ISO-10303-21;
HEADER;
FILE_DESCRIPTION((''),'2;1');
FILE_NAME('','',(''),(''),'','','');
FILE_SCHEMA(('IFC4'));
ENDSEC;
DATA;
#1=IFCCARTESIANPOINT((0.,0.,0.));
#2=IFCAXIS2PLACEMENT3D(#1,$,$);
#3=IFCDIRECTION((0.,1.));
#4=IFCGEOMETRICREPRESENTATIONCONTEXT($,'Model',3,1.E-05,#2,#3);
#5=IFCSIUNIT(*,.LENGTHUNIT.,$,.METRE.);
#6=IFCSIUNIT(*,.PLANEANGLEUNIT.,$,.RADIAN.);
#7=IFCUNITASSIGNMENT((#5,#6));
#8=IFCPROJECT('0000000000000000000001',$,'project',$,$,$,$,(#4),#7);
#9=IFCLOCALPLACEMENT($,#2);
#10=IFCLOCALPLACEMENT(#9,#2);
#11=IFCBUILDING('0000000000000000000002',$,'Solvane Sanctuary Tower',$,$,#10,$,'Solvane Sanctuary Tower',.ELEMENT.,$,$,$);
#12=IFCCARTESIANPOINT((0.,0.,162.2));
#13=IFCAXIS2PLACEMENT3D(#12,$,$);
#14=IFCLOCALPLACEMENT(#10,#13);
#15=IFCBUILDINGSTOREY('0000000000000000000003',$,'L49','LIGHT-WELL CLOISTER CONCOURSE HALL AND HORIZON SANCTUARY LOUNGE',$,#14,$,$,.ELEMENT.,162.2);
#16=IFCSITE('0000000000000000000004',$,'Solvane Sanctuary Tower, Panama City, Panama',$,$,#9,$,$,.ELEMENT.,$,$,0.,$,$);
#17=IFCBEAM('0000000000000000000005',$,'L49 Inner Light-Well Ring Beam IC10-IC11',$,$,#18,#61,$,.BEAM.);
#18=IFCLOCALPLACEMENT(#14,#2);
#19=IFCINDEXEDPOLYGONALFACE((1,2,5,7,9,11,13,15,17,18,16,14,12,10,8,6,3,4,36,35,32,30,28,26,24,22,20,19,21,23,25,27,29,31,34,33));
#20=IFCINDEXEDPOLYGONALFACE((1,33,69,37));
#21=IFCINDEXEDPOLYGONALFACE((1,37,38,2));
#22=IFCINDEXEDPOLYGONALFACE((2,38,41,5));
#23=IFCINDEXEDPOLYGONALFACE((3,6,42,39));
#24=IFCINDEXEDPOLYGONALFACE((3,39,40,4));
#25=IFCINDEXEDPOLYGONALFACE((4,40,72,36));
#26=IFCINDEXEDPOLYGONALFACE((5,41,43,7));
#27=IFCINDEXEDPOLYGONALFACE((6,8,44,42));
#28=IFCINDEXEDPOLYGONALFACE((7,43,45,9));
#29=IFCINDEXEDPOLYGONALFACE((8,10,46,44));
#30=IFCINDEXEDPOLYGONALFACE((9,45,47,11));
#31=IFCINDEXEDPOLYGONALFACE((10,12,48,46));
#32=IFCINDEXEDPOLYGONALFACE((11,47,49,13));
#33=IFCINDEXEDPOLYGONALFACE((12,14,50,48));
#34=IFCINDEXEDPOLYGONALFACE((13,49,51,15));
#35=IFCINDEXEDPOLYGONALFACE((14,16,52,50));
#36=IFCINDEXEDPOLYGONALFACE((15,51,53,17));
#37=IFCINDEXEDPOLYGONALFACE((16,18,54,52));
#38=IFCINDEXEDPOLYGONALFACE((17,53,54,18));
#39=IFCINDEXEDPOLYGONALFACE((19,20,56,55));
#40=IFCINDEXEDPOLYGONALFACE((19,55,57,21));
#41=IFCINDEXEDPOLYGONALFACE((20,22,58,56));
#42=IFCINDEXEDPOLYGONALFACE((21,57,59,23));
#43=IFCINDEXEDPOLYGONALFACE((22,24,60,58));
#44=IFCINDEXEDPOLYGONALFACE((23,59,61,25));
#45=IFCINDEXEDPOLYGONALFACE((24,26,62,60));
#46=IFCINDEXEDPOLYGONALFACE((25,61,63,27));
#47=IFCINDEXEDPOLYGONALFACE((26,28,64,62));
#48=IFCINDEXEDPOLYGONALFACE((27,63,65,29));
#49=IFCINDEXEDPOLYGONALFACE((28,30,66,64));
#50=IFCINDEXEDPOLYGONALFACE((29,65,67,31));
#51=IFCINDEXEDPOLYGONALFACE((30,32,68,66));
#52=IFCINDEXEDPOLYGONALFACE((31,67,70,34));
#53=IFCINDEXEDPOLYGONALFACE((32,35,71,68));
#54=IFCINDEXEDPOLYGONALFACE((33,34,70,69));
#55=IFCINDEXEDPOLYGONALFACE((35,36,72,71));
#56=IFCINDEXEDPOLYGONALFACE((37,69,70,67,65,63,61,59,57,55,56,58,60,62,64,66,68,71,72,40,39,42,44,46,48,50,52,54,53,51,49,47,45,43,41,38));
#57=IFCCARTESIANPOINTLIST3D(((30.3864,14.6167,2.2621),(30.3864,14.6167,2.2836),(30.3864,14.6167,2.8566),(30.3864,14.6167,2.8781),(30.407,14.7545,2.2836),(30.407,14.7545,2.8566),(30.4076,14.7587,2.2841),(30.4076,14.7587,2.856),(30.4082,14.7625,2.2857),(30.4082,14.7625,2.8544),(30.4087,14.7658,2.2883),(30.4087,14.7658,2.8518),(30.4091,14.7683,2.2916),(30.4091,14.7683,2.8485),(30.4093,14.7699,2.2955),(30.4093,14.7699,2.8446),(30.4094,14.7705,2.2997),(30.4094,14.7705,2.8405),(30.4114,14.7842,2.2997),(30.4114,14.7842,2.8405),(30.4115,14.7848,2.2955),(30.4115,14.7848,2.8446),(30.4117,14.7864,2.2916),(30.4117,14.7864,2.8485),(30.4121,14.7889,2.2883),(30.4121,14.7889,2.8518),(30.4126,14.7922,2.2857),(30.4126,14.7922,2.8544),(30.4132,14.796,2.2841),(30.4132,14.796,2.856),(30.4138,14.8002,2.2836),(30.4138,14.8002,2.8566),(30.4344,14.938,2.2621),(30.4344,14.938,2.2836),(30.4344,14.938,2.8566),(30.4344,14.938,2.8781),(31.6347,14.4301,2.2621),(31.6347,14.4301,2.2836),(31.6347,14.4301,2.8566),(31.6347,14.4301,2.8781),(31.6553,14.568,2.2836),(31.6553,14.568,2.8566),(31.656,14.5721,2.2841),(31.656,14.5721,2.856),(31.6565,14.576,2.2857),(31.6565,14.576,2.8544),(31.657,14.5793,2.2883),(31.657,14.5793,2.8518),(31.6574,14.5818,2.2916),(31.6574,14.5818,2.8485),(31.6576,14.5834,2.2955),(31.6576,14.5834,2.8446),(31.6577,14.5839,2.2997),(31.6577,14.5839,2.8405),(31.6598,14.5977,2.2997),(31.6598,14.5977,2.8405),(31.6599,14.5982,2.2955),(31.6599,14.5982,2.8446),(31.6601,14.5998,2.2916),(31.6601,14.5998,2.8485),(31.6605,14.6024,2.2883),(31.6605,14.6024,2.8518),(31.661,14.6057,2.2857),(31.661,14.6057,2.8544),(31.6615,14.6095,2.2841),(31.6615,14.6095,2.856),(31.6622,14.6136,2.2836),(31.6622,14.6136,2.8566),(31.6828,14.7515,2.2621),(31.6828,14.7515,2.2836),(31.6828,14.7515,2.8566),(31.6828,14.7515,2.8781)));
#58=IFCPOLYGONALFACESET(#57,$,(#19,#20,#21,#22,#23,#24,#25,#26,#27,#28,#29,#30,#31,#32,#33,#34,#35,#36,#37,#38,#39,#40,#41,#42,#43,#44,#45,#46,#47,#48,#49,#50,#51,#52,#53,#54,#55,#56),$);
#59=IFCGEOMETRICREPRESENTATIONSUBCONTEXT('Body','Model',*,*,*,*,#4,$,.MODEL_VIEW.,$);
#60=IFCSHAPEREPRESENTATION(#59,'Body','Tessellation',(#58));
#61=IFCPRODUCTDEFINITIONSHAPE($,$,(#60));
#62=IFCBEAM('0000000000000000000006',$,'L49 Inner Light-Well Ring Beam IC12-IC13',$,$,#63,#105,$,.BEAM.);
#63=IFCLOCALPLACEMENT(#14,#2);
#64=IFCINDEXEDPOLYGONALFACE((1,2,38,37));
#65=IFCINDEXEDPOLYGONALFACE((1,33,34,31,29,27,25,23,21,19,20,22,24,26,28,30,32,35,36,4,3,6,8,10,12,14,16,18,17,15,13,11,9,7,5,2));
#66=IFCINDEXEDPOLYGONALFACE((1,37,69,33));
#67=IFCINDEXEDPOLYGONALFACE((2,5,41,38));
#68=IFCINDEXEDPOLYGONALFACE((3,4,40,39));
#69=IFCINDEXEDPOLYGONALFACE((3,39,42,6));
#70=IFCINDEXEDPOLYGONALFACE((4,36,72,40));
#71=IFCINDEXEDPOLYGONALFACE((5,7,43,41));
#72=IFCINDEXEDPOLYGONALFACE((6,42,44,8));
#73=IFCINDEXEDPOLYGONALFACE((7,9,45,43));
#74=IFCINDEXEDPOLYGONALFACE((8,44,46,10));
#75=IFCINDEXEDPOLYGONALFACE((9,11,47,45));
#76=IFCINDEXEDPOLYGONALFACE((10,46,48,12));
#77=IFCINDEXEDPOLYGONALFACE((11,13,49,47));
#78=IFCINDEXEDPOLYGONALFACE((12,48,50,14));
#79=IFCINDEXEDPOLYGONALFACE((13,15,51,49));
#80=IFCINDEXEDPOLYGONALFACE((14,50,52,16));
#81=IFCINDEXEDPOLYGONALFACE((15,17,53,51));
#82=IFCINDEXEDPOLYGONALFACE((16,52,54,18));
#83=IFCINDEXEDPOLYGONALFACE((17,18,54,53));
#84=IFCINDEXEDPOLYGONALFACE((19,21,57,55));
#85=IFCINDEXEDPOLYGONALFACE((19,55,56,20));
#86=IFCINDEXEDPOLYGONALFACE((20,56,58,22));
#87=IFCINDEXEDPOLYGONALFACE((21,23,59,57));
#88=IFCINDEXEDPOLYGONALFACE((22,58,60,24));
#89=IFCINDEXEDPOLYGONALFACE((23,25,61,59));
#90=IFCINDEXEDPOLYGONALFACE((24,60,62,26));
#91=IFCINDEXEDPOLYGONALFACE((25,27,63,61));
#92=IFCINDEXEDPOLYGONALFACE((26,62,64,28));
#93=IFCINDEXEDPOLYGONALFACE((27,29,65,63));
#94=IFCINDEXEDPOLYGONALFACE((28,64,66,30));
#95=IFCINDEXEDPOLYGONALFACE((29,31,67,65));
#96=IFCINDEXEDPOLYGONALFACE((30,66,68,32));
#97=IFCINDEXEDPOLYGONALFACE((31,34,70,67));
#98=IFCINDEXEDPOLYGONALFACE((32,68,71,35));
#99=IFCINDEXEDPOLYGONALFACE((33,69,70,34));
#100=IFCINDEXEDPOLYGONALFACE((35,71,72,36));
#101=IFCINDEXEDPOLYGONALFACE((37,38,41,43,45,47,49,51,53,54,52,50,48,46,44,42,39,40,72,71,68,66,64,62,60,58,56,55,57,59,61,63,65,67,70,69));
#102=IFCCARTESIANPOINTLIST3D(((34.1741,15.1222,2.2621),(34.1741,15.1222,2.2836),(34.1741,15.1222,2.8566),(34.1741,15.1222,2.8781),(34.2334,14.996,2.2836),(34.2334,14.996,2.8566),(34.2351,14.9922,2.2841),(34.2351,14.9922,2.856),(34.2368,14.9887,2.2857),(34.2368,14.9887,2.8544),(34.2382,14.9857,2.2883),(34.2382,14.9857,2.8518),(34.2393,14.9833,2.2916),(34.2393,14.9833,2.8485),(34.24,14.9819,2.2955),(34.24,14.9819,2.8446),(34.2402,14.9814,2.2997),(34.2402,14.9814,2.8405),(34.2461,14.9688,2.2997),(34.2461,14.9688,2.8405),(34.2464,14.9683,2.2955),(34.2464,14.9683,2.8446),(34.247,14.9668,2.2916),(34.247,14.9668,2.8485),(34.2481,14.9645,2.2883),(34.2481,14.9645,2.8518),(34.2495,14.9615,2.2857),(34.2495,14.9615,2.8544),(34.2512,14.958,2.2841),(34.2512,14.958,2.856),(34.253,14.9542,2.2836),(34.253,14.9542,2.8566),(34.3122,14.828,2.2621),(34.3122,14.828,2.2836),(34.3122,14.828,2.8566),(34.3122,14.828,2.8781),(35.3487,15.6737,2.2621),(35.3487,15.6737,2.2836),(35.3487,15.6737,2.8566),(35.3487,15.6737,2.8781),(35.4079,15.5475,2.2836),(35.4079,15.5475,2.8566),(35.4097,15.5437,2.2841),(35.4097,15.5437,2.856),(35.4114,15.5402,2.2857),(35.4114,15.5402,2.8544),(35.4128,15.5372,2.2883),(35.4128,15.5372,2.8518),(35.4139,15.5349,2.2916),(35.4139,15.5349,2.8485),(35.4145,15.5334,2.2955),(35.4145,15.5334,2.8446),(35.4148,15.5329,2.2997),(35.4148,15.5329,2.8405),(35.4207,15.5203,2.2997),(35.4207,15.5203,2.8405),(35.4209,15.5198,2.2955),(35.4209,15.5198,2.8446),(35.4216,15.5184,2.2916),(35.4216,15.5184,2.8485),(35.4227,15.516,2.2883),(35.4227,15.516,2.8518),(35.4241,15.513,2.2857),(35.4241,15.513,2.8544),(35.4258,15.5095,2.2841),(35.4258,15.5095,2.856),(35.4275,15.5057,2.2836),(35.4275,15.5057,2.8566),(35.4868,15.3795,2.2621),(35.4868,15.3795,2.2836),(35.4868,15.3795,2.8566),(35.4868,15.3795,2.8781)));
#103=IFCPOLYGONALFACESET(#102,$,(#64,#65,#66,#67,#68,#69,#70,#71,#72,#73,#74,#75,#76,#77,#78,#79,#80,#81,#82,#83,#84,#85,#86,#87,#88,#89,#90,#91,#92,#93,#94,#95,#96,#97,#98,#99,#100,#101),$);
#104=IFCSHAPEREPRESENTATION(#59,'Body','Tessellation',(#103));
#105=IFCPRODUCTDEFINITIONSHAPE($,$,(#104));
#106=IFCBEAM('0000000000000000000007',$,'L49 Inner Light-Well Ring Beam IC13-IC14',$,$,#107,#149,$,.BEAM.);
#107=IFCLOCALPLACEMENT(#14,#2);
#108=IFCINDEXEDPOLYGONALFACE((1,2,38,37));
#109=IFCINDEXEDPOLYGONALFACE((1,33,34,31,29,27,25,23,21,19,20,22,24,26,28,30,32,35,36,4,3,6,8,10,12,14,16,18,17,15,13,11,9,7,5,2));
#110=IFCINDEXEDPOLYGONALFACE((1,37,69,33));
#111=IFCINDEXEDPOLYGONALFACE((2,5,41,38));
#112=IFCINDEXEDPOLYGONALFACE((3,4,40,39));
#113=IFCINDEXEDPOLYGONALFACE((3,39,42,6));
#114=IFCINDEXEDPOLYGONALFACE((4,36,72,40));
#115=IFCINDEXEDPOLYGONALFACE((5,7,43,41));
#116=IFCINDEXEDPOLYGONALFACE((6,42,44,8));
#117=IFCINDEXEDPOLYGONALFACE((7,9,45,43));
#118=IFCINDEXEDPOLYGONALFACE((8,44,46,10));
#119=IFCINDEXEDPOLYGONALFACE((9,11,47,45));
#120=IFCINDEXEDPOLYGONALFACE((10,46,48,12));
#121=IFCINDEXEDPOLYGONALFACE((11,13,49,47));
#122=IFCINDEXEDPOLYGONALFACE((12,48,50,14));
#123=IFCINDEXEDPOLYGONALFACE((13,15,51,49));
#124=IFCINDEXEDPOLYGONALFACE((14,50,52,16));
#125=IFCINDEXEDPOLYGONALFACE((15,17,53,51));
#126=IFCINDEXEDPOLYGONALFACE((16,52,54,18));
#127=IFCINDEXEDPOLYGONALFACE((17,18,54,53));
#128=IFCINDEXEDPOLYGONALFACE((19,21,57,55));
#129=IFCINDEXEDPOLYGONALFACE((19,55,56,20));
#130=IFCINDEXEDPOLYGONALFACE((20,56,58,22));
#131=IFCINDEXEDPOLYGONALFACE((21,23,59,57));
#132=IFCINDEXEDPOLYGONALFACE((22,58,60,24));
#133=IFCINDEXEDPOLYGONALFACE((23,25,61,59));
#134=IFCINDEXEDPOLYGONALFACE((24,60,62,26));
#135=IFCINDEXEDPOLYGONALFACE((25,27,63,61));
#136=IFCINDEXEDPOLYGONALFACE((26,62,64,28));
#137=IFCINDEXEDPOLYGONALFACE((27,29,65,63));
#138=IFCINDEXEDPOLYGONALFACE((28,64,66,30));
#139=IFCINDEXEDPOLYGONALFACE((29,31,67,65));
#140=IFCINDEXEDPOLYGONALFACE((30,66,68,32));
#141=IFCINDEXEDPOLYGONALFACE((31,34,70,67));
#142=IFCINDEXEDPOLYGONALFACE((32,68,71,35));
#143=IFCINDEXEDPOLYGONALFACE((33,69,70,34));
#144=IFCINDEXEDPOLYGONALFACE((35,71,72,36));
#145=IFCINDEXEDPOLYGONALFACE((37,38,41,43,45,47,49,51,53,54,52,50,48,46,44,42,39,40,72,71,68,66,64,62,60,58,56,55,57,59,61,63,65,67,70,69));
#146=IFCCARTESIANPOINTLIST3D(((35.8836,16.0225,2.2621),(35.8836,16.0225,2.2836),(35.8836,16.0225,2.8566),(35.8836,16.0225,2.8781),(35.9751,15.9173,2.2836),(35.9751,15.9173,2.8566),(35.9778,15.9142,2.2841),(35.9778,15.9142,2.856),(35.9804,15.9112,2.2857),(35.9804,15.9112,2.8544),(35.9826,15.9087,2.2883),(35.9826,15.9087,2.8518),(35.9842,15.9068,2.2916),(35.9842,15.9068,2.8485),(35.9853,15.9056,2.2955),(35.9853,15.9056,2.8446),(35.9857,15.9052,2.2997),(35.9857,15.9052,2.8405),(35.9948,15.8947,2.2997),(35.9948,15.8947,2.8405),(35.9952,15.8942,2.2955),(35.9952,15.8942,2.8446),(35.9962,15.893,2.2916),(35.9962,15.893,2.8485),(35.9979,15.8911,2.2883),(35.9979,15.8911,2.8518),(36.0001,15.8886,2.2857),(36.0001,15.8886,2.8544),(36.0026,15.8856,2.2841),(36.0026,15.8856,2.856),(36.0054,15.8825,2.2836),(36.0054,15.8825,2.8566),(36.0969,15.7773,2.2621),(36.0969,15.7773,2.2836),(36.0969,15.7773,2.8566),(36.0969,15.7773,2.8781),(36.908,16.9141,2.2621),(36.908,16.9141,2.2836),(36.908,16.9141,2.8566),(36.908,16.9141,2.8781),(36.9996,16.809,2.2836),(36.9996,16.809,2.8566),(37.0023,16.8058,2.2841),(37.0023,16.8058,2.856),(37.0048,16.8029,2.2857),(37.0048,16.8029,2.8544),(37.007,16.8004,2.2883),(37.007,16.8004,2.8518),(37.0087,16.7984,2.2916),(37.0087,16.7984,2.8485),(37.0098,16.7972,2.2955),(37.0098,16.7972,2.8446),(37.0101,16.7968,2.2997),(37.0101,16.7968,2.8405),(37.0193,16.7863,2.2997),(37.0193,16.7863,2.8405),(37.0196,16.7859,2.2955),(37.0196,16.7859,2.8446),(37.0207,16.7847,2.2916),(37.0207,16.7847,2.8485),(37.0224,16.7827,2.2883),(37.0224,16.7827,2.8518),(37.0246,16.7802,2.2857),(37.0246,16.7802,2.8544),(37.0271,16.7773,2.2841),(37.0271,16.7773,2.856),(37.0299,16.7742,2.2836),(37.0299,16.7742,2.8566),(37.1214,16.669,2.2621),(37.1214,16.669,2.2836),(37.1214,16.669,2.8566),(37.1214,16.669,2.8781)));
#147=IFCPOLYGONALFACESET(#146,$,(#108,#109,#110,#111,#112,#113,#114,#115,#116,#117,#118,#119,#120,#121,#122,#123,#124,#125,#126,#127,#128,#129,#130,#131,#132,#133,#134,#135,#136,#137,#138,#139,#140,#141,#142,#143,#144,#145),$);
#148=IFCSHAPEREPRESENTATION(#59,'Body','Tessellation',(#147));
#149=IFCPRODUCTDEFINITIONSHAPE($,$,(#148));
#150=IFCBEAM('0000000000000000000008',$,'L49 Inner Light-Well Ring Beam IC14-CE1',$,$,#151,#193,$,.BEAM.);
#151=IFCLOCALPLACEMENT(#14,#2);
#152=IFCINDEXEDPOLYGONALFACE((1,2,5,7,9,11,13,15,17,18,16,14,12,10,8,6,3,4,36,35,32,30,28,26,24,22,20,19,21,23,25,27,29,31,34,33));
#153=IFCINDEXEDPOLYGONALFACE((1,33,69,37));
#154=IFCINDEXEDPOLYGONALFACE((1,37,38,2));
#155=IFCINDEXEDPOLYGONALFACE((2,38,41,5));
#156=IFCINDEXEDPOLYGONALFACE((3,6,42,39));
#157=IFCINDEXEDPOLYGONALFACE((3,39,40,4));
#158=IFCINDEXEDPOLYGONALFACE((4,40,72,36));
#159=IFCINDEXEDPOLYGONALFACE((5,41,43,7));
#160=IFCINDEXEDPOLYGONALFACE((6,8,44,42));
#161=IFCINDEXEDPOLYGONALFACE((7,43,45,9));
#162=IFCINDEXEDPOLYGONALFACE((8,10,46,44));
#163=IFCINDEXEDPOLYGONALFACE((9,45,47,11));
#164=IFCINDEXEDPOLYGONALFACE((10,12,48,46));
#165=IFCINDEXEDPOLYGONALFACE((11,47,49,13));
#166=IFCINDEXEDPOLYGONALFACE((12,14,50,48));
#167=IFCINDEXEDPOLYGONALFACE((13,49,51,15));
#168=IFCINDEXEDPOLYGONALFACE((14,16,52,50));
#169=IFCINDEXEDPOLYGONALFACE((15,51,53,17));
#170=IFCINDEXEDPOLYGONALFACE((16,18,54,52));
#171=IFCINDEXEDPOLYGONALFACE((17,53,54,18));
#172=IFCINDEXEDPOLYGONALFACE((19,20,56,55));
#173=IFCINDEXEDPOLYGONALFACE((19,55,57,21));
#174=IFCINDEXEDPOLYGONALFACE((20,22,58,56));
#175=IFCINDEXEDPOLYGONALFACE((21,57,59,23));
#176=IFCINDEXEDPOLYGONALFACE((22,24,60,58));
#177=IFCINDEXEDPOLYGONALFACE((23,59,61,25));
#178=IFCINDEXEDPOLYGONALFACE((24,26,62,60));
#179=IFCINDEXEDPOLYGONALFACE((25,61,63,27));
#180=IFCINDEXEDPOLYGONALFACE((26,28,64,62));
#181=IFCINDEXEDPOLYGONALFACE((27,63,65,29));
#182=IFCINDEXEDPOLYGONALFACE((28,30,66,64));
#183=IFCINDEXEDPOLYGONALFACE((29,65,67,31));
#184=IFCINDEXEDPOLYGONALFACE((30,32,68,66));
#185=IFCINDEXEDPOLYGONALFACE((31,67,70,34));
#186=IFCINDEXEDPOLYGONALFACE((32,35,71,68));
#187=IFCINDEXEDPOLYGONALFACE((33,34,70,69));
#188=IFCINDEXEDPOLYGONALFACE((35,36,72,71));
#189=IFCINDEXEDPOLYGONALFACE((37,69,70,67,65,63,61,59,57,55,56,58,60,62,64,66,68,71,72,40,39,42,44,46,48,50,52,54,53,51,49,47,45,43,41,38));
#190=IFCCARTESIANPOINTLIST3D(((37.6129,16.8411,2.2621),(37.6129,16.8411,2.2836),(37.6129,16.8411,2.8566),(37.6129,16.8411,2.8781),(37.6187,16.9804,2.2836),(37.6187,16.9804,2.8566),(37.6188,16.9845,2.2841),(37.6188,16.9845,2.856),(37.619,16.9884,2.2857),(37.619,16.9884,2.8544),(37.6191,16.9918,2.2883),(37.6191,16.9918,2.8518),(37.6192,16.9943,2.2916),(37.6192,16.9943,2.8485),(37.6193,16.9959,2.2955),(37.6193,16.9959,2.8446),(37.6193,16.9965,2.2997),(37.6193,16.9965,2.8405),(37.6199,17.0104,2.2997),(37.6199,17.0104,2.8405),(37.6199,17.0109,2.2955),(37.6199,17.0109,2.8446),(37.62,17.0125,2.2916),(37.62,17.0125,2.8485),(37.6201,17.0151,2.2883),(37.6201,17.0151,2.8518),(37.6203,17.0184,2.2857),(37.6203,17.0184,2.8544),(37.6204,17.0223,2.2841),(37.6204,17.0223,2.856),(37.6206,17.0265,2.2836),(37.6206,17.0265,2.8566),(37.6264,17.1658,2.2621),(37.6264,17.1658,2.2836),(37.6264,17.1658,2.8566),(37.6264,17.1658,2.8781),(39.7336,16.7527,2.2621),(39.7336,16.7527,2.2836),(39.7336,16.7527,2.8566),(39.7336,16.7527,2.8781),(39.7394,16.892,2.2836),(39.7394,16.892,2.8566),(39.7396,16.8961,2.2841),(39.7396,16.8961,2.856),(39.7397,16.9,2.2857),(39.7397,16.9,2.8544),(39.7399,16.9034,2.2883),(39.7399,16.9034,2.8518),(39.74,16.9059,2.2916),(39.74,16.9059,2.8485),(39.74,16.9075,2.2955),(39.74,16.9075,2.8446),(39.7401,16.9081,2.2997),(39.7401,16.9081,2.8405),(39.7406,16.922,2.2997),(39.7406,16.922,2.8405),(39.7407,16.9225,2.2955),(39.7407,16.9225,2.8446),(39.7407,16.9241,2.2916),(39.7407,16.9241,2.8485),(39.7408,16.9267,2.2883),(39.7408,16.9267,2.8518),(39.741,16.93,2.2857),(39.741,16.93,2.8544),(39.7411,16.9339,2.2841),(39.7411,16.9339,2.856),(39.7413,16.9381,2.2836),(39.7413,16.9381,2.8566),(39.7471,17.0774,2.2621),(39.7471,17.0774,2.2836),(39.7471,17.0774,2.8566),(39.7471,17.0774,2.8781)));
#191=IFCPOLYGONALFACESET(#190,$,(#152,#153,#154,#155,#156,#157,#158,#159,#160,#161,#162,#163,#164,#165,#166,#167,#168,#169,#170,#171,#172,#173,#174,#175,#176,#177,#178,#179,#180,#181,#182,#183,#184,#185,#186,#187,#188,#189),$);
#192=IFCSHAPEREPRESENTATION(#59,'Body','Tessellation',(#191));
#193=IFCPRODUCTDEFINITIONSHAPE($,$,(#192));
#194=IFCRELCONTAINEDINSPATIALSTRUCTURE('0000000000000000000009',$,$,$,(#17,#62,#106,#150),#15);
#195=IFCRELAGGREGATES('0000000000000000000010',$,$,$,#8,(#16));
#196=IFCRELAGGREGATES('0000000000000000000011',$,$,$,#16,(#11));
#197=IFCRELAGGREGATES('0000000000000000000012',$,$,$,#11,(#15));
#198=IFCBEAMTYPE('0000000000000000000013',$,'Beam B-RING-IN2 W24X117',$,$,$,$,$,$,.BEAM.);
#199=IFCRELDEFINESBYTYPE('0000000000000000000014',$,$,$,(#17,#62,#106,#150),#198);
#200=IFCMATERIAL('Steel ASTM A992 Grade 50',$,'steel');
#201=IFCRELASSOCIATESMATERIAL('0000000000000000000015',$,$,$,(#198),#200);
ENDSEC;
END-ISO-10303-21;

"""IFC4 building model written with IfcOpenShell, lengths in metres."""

from ifc_helpers import new_model, si_unit, direction, frame, origin, origin_2d, place, context, subcontext, project, spatial, i_section, extrude, material, material_profile, profile_set, type_object, element, save


model = new_model("IFC4")

# Units and contexts
model_context = context("Model", 3, precision=1e-05, world=origin(), true_north=direction((0.0, 1.0)))
body_context = subcontext(model_context, "Body", "Model", "MODEL_VIEW")
ifc_project = project(units=[si_unit("LENGTHUNIT", "METRE"), si_unit("PLANEANGLEUNIT", "RADIAN")], contexts=[model_context])

# Site, building, storey
site_placement = place(None, origin())
site = spatial("IfcSite", under=ifc_project, at=site_placement, Name="Solvane Sanctuary Tower, Panama City, Panama", CompositionType="ELEMENT", RefElevation=0.0)
building_placement = place(site_placement, origin())
building = spatial("IfcBuilding", under=site, at=building_placement, Name="Solvane Sanctuary Tower", LongName="Solvane Sanctuary Tower", CompositionType="ELEMENT")
storey_placement = place(building_placement, frame((0.0, 0.0, 162.2)))
storey = spatial("IfcBuildingStorey", under=building, at=storey_placement, Name="L49", Description="LIGHT-WELL CLOISTER CONCOURSE HALL AND HORIZON SANCTUARY LOUNGE", CompositionType="ELEMENT", Elevation=162.2)

# Beams
ifc_material_1 = material(Name="Steel ASTM A992 Grade 50", Category="steel")
ifc_material_profile_1 = material_profile(ifc_material_1, i_section(OverallWidth=0.325, OverallDepth=0.616, WebThickness=0.0139, FlangeThickness=0.0215, FilletRadius=0.0161, at=origin_2d()), Name="W24X117")
ifc_profile_set_1 = profile_set([ifc_material_profile_1], Name="Steel ASTM A992 Grade 50")
beam_type_1 = type_object("IfcBeamType", Name="Beam B-RING-IN2 W24X117", PredefinedType="BEAM", material=ifc_profile_set_1)
beam_1_placement = place(storey_placement, frame((30.4104, 14.7773, 2.5701), z_axis=(0.98902, -0.147782, 0.0), x_axis=(0.147782, 0.98902, 0.0)))
element("IfcBeam", 1, at=beam_1_placement, inside=storey, type_object=beam_type_1, Name="L49 Inner Light-Well Ring Beam IC10-IC11", PredefinedType="BEAM", context=body_context, shape_type="SweptSolid", body=[
    extrude(i_section(OverallWidth=0.325, OverallDepth=0.616, WebThickness=0.0139, FlangeThickness=0.0215, FilletRadius=0.0161, at=origin_2d()), origin(), (0.0, 0.0, 1.0), 1.2622),
])
beam_2_placement = place(storey_placement, frame((34.2432, 14.9751, 2.5701), z_axis=(0.905181, 0.425027, 0.0), x_axis=(-0.425027, 0.905181, 0.0)))
element("IfcBeam", 2, at=beam_2_placement, inside=storey, type_object=beam_type_1, Name="L49 Inner Light-Well Ring Beam IC12-IC13", PredefinedType="BEAM", context=body_context, shape_type="SweptSolid", body=[
    extrude(i_section(OverallWidth=0.325, OverallDepth=0.616, WebThickness=0.0139, FlangeThickness=0.0215, FilletRadius=0.0161, at=origin_2d()), origin(), (0.0, 0.0, 1.0), 1.2976),
])
beam_3_placement = place(storey_placement, frame((35.9902, 15.8999, 2.5701), z_axis=(0.754311, 0.656517, 0.0), x_axis=(-0.656517, 0.754311, 0.0)))
element("IfcBeam", 3, at=beam_3_placement, inside=storey, type_object=beam_type_1, Name="L49 Inner Light-Well Ring Beam IC13-IC14", PredefinedType="BEAM", context=body_context, shape_type="SweptSolid", body=[
    extrude(i_section(OverallWidth=0.325, OverallDepth=0.616, WebThickness=0.0139, FlangeThickness=0.0215, FilletRadius=0.0161, at=origin_2d()), origin(), (0.0, 0.0, 1.0), 1.3582),
])
beam_4_placement = place(storey_placement, frame((37.6196, 17.0034, 2.5701), z_axis=(0.999133, -0.04164, 0.0), x_axis=(0.04164, 0.999133, 0.0)))
element("IfcBeam", 4, at=beam_4_placement, inside=storey, type_object=beam_type_1, Name="L49 Inner Light-Well Ring Beam IC14-CE1", PredefinedType="BEAM", context=body_context, shape_type="SweptSolid", body=[
    extrude(i_section(OverallWidth=0.325, OverallDepth=0.616, WebThickness=0.0139, FlangeThickness=0.0215, FilletRadius=0.0161, at=origin_2d()), origin(), (0.0, 0.0, 1.0), 2.1226),
])

save(model, "model.ifc")
